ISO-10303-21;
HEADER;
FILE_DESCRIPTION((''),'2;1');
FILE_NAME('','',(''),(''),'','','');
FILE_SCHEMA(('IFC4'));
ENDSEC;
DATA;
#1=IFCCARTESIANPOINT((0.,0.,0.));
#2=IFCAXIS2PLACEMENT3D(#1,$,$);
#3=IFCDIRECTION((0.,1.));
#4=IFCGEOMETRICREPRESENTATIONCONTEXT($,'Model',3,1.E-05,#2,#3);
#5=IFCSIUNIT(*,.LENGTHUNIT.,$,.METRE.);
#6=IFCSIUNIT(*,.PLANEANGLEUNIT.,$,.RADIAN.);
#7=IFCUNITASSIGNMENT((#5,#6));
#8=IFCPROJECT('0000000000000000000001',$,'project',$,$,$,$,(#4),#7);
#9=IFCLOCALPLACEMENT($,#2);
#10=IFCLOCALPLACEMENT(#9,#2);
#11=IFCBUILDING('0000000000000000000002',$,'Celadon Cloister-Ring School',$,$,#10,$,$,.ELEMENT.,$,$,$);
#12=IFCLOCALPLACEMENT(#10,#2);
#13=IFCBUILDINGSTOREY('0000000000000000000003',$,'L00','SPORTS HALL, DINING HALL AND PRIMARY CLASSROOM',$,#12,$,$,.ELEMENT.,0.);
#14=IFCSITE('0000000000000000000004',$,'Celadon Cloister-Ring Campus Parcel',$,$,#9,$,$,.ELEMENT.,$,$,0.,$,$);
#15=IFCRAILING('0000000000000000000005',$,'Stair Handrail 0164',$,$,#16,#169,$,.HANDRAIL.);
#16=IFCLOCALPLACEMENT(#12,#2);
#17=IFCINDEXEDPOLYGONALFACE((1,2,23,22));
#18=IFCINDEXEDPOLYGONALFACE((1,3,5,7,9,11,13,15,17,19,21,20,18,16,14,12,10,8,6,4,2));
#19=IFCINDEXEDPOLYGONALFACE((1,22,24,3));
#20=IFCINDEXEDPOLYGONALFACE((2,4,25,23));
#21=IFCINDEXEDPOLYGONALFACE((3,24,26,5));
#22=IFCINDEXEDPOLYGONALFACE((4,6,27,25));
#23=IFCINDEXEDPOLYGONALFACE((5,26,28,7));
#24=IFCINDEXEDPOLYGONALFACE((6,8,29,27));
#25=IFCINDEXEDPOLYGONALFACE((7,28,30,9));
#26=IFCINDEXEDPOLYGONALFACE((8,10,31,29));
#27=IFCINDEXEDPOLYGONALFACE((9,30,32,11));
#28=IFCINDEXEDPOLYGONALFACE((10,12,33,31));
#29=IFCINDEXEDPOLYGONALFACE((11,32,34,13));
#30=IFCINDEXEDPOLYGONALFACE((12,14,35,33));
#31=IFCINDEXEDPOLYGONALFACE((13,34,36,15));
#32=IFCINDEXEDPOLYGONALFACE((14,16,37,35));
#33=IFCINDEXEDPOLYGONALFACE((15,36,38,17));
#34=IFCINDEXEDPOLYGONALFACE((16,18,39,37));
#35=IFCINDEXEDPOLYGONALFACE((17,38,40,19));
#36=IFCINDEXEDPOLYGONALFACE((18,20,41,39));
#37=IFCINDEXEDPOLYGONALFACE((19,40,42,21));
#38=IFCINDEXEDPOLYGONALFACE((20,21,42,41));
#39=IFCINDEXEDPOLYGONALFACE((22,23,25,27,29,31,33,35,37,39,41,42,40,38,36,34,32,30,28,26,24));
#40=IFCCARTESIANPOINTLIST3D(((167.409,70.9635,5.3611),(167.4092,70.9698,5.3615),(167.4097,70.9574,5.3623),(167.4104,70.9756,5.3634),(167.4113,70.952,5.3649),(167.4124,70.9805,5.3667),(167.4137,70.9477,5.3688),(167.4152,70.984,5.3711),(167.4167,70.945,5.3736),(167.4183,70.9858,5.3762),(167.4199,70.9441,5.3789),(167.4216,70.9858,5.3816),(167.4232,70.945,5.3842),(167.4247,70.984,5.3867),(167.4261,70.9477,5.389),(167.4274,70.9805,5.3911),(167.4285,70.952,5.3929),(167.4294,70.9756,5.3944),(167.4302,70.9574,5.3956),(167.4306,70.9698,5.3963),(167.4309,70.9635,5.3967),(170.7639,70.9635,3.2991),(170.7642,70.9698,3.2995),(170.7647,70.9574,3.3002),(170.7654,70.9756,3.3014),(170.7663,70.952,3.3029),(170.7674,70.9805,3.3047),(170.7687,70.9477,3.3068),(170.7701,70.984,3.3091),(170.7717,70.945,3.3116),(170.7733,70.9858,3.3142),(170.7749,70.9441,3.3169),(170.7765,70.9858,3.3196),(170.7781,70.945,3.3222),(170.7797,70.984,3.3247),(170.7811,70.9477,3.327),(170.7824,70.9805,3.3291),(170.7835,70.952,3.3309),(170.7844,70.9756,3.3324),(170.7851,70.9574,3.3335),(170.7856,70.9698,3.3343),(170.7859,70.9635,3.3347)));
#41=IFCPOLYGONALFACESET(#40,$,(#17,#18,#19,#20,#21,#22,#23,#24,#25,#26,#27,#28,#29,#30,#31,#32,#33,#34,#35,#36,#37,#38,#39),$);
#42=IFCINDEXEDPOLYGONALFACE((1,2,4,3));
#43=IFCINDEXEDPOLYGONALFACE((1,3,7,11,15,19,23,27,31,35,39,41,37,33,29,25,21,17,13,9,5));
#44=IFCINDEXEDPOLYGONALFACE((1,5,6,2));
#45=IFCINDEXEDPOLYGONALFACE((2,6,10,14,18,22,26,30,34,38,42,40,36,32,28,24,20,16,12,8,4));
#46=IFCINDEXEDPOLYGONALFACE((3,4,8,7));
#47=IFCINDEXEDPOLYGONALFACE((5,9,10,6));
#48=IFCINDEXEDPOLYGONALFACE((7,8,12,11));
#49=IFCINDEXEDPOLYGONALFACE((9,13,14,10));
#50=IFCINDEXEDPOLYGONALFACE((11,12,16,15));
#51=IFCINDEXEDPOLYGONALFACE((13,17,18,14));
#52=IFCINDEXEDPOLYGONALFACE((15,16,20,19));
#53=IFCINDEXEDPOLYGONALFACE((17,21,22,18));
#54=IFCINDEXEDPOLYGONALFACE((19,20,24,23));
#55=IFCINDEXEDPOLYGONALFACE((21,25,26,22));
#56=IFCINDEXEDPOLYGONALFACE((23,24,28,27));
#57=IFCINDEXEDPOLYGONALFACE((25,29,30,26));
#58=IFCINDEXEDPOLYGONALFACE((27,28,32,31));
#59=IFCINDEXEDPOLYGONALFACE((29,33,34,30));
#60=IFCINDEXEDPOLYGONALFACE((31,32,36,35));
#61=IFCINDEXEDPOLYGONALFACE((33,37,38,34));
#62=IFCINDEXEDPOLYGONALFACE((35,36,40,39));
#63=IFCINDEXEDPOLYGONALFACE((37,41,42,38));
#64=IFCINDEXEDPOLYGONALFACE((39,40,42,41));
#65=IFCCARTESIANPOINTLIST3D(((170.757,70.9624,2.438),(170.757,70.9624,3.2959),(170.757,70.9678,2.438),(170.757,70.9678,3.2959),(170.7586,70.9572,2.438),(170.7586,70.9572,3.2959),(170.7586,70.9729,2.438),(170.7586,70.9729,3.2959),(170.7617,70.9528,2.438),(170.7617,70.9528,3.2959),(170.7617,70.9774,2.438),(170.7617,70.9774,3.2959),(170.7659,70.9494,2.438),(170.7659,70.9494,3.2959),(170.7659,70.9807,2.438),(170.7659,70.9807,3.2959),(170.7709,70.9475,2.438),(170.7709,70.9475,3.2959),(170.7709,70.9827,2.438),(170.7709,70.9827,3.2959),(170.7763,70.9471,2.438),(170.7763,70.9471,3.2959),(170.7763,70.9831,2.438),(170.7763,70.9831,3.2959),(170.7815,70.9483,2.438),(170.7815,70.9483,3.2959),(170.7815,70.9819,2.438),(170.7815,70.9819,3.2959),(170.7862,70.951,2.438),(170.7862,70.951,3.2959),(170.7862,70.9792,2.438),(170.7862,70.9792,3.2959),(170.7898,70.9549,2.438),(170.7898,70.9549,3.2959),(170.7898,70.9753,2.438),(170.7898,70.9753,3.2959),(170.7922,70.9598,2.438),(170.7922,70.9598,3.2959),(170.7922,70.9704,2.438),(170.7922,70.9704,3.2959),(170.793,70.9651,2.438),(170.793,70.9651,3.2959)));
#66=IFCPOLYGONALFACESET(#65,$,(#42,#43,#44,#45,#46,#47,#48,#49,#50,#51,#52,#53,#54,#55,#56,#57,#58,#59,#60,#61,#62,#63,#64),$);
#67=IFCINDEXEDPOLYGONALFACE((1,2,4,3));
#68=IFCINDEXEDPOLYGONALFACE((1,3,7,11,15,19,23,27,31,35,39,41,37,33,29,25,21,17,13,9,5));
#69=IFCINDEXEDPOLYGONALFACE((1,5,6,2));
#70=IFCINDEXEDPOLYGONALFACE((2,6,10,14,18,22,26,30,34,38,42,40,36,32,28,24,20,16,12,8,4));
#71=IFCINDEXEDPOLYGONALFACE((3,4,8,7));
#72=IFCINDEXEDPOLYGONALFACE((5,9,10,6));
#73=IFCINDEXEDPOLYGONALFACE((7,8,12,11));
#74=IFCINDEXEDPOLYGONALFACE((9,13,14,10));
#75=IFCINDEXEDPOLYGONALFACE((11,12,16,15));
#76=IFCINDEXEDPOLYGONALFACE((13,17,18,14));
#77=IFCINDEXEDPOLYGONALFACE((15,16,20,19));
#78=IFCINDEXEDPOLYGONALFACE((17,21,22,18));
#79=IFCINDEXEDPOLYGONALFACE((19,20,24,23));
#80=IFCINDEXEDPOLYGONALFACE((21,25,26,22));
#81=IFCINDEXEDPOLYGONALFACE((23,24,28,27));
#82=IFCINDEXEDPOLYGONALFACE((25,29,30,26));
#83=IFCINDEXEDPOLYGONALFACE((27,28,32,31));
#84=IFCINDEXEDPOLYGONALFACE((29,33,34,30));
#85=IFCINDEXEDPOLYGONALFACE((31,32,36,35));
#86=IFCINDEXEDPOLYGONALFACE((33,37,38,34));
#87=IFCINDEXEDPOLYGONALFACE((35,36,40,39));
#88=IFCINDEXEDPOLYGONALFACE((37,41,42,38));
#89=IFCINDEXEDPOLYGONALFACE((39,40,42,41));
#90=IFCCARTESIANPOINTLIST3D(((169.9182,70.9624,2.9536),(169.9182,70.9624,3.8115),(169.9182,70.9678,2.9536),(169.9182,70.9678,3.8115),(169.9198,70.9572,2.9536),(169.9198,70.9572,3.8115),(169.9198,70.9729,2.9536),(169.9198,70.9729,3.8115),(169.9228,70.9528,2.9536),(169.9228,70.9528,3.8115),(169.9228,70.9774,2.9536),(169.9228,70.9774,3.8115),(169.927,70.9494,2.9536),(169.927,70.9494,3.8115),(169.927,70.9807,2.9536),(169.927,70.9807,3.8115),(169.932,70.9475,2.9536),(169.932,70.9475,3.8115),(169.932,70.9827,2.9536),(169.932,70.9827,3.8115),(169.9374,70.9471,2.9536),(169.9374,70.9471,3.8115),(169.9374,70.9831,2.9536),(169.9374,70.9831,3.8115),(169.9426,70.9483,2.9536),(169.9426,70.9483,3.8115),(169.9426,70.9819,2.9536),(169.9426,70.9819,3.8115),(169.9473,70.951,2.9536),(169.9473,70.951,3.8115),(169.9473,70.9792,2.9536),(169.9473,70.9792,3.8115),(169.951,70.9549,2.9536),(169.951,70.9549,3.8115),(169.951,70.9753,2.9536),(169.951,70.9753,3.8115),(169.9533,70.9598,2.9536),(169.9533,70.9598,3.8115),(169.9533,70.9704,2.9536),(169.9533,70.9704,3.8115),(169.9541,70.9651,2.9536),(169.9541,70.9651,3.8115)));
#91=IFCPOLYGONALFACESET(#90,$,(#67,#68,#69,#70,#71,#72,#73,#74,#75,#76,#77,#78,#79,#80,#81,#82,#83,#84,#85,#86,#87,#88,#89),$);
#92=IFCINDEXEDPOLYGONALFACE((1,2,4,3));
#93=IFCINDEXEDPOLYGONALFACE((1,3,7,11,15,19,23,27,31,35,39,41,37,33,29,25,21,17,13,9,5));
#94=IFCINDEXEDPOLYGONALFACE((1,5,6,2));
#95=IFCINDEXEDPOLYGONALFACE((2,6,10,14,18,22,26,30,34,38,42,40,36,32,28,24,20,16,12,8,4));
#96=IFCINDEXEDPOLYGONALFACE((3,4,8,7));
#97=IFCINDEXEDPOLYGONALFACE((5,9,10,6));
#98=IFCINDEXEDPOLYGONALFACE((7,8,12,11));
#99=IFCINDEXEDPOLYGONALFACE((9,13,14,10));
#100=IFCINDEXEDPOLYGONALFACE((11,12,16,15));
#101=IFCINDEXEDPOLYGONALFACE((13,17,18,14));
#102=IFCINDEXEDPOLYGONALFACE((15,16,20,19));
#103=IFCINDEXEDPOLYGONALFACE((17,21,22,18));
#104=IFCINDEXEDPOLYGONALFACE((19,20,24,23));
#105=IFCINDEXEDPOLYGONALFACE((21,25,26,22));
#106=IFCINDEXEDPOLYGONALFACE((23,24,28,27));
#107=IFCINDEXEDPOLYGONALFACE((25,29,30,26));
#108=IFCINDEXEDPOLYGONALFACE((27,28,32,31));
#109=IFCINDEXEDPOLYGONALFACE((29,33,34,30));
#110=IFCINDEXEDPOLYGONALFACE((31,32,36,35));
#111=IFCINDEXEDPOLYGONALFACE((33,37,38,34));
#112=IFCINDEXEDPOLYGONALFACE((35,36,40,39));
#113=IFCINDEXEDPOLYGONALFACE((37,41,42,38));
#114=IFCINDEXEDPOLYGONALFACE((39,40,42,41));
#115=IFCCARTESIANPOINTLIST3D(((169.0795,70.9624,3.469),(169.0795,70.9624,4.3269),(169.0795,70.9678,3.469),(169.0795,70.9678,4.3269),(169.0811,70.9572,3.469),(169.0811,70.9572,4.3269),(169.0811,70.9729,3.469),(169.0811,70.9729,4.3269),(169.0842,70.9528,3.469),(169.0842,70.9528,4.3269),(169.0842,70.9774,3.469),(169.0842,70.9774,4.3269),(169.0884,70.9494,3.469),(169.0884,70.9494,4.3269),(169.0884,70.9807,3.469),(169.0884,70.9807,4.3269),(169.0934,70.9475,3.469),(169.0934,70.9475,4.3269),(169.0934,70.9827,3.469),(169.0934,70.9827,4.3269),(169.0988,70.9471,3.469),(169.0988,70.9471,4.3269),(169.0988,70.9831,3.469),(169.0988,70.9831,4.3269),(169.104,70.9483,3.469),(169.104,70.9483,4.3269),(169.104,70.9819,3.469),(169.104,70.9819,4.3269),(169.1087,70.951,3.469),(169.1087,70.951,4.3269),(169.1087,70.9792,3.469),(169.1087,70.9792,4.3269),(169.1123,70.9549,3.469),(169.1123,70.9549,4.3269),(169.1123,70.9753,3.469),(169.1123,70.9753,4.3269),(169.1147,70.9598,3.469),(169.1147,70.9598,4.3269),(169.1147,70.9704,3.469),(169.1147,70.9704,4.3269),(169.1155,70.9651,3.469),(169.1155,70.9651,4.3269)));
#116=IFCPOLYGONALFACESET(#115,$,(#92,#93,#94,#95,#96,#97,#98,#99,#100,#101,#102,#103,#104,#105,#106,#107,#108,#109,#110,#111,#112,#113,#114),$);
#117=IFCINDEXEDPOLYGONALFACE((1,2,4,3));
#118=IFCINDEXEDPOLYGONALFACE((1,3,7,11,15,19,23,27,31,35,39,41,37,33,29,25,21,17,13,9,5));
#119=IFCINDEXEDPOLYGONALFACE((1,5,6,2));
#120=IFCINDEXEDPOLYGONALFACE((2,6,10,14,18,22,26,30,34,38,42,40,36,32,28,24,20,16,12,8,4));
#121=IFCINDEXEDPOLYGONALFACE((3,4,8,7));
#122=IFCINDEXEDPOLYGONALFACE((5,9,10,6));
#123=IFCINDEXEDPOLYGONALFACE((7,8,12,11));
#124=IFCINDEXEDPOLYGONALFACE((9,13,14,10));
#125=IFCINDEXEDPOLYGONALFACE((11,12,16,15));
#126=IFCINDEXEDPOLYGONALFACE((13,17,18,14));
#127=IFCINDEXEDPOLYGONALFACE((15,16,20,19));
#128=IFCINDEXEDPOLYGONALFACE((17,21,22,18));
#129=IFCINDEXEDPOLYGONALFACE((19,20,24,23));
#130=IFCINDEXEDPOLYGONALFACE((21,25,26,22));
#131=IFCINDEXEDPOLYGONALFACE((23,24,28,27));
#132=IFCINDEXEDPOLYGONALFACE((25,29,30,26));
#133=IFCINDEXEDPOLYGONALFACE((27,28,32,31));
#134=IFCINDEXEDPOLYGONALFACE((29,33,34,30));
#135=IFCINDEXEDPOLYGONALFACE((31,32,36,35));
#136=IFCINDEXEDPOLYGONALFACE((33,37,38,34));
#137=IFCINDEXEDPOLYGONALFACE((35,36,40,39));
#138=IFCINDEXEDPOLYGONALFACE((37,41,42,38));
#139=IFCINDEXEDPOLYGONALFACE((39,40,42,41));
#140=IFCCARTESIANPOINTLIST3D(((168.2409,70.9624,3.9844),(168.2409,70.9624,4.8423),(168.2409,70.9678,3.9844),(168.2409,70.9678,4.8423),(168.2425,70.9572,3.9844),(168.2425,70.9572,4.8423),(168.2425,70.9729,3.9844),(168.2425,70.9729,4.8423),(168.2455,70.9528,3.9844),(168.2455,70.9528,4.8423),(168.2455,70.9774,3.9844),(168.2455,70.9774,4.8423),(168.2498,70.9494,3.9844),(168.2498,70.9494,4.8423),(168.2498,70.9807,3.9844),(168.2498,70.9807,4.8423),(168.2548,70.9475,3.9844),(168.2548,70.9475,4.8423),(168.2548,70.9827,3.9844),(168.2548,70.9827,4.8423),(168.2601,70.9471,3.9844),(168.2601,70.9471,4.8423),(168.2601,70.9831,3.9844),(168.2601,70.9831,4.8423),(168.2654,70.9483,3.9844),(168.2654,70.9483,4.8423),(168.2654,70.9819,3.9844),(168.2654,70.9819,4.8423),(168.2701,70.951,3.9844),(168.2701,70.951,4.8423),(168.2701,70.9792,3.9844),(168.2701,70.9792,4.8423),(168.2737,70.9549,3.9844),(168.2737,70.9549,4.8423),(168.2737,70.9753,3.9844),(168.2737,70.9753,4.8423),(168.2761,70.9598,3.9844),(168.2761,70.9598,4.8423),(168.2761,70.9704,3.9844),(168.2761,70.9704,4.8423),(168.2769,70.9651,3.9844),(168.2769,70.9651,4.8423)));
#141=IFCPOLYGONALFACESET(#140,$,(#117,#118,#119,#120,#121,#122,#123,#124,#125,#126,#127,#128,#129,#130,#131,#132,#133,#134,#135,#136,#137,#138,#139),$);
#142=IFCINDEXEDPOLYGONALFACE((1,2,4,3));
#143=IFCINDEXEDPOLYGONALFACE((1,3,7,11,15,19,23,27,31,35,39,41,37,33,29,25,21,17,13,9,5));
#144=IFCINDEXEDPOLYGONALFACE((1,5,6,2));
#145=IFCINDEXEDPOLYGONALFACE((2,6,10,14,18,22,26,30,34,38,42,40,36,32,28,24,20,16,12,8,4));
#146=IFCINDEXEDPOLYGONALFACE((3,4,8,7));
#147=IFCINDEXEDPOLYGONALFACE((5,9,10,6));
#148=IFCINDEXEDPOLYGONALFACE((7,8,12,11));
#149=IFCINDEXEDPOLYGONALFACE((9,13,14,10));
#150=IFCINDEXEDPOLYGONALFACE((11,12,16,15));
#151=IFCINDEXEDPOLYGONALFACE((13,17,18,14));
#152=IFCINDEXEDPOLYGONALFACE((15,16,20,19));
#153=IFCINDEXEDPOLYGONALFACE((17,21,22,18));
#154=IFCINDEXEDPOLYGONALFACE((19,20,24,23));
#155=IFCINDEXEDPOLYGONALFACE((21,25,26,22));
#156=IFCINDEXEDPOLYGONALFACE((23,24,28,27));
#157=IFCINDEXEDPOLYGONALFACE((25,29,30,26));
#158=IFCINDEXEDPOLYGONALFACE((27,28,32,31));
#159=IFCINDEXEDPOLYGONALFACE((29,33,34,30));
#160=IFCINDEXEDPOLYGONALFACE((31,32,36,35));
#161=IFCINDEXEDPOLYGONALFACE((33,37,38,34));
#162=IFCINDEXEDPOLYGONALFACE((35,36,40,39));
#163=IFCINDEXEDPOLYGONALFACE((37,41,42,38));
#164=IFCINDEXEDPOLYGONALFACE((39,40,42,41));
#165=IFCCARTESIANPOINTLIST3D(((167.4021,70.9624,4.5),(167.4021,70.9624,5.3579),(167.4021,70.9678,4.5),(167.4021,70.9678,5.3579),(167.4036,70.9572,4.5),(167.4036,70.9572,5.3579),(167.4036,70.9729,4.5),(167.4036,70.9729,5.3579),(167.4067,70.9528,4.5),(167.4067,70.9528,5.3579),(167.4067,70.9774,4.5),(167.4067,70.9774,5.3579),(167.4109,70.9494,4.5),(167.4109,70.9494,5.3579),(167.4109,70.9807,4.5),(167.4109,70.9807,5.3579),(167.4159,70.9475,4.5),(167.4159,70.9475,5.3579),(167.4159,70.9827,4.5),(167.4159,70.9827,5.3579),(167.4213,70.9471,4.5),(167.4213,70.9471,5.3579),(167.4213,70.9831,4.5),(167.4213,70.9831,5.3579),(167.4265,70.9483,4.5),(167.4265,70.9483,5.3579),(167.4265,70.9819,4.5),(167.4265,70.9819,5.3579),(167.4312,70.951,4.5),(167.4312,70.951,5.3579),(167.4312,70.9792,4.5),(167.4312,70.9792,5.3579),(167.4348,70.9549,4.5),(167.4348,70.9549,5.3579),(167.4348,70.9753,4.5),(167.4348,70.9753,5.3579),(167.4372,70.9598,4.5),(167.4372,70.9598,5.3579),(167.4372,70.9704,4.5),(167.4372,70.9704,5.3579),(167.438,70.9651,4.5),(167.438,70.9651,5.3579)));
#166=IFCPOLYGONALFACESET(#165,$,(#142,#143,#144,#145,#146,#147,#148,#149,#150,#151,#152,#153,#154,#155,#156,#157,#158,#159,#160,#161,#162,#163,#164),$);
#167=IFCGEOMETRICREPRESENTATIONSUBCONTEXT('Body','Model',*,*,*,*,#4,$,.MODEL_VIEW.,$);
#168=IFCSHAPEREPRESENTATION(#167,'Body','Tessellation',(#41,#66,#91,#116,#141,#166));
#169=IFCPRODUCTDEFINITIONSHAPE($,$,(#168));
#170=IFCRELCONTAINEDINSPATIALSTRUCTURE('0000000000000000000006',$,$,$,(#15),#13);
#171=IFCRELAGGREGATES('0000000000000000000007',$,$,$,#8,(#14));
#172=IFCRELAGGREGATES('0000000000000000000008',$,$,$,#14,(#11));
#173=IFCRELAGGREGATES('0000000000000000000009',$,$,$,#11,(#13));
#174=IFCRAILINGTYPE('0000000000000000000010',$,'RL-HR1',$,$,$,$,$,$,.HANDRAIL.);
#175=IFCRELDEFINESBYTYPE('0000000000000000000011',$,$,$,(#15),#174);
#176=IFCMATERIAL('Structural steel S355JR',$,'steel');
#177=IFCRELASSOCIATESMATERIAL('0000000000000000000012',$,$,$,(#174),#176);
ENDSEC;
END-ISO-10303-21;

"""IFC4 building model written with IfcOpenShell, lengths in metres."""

from ifc_helpers import new_model, si_unit, direction, frame, origin, origin_2d, place, context, subcontext, project, spatial, circle, extrude, material, type_object, element, save


model = new_model("IFC4")

# Units and contexts
model_context = context("Model", 3, precision=1e-05, world=origin(), true_north=direction((0.0, 1.0)))
body_context = subcontext(model_context, "Body", "Model", "MODEL_VIEW")
ifc_project = project(units=[si_unit("LENGTHUNIT", "METRE"), si_unit("PLANEANGLEUNIT", "RADIAN")], contexts=[model_context])

# Site, building, storey
site_placement = place(None, origin())
site = spatial("IfcSite", under=ifc_project, at=site_placement, Name="Celadon Cloister-Ring Campus Parcel", CompositionType="ELEMENT", RefElevation=0.0)
building_placement = place(site_placement, origin())
building = spatial("IfcBuilding", under=site, at=building_placement, Name="Celadon Cloister-Ring School", CompositionType="ELEMENT")
storey_placement = place(building_placement, origin())
storey = spatial("IfcBuildingStorey", under=building, at=storey_placement, Name="L00", Description="SPORTS HALL, DINING HALL AND PRIMARY CLASSROOM", CompositionType="ELEMENT", Elevation=0.0)

# Railing
ifc_material_1 = material(Name="Structural steel S355JR", Category="steel")
railing_type_1 = type_object("IfcRailingType", Name="RL-HR1", PredefinedType="HANDRAIL", material=ifc_material_1)
for number, where, name in (
    (1, (170.7749, 70.9651, 2.438), "Stair Handrail 0164"),
):
    element("IfcRailing", number, at=place(storey_placement, frame(where)), inside=storey, type_object=railing_type_1, Name=name, PredefinedType="HANDRAIL", context=body_context, shape_type="SweptSolid", body=[
        extrude(circle(Radius=0.021, at=origin_2d()), frame((0.0, 0.0, 0.8789), z_axis=(-0.851952, 0.0, 0.52362), x_axis=(0.0, -1.0, 0.0)), (0.0, 0.0, 1.0), 3.938),
        extrude(circle(Radius=0.0181, at=origin_2d()), origin(), (0.0, 0.0, 1.0), 0.8579),
        extrude(circle(Radius=0.0181, at=origin_2d()), frame((-0.8389, 0.0, 0.5156)), (0.0, 0.0, 1.0), 0.8579),
        extrude(circle(Radius=0.0181, at=origin_2d()), frame((-1.6775, 0.0, 1.031)), (0.0, 0.0, 1.0), 0.8579),
        extrude(circle(Radius=0.0181, at=origin_2d()), frame((-2.5161, 0.0, 1.5464)), (0.0, 0.0, 1.0), 0.8579),
        extrude(circle(Radius=0.0181, at=origin_2d()), frame((-3.355, 0.0, 2.062)), (0.0, 0.0, 1.0), 0.8579),
    ])

save(model, "model.ifc")
